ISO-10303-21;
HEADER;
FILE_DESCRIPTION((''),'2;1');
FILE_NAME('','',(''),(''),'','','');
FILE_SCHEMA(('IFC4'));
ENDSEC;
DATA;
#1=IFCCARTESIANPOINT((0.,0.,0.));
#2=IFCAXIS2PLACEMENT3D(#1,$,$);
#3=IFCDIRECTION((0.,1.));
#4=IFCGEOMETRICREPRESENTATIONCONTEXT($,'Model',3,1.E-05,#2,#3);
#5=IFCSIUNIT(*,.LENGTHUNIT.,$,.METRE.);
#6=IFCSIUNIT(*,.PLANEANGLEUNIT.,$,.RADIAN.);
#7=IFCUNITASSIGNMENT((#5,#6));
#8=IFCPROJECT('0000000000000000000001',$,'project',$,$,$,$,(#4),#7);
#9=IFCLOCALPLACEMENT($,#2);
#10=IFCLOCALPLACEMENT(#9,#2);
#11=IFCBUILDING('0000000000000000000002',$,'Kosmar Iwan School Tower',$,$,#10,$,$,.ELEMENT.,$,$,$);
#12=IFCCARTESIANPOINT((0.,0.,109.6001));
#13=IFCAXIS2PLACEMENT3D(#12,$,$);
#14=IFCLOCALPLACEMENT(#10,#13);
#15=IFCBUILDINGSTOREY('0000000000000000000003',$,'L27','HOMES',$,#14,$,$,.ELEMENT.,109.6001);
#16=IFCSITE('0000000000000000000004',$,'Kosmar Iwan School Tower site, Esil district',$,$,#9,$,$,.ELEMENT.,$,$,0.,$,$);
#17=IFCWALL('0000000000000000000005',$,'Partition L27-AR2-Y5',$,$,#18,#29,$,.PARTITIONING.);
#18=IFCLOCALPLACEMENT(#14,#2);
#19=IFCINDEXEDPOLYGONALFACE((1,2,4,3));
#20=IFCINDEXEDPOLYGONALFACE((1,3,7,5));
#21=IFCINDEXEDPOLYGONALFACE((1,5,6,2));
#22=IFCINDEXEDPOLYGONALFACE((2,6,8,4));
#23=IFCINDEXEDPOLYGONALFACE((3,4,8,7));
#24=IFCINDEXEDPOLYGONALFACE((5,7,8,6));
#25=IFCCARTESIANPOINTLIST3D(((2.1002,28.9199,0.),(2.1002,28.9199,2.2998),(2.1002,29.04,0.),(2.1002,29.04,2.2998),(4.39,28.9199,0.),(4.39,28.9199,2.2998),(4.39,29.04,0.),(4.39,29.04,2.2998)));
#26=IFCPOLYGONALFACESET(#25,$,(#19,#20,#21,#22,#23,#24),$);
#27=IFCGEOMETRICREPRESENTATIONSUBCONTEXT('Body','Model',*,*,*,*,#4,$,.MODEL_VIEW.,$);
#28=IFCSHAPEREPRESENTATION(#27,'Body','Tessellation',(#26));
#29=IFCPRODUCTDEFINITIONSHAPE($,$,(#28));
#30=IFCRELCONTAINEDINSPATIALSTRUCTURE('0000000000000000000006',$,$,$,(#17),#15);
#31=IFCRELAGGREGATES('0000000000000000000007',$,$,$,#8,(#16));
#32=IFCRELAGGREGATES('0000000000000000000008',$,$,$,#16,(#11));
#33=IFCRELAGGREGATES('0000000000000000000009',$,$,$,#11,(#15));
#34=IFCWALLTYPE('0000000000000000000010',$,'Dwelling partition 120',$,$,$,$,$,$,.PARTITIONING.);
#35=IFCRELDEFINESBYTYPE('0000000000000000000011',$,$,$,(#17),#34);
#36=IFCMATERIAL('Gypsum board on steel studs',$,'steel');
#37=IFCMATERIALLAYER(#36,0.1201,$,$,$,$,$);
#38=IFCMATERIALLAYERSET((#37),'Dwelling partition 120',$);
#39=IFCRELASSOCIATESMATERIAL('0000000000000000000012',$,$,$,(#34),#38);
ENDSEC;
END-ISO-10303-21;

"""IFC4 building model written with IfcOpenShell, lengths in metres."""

from ifc_helpers import new_model, si_unit, direction, frame, frame_2d, origin, place, context, subcontext, project, spatial, rectangle, extrude, material, layer, layer_set, type_object, element, save


model = new_model("IFC4")

# Units and contexts
model_context = context("Model", 3, precision=1e-05, world=origin(), true_north=direction((0.0, 1.0)))
body_context = subcontext(model_context, "Body", "Model", "MODEL_VIEW")
ifc_project = project(units=[si_unit("LENGTHUNIT", "METRE"), si_unit("PLANEANGLEUNIT", "RADIAN")], contexts=[model_context])

# Site, building, storey
site_placement = place(None, origin())
site = spatial("IfcSite", under=ifc_project, at=site_placement, Name="Kosmar Iwan School Tower site, Esil district", CompositionType="ELEMENT", RefElevation=0.0)
building_placement = place(site_placement, origin())
building = spatial("IfcBuilding", under=site, at=building_placement, Name="Kosmar Iwan School Tower", CompositionType="ELEMENT")
storey_placement = place(building_placement, frame((0.0, 0.0, 109.6001)))
storey = spatial("IfcBuildingStorey", under=building, at=storey_placement, Name="L27", Description="HOMES", CompositionType="ELEMENT", Elevation=109.6001)

# Wall
ifc_material_1 = material(Name="Gypsum board on steel studs", Category="steel")
ifc_layer_1 = layer(ifc_material_1, 0.1201)
ifc_layer_set_1 = layer_set([ifc_layer_1], Name="Dwelling partition 120")
wall_type_1 = type_object("IfcWallType", Name="Dwelling partition 120", PredefinedType="PARTITIONING", material=ifc_layer_set_1)
wall_1_placement = place(storey_placement, frame((2.1001, 28.98, 0.0), z_axis=(0.0, 0.0, 1.0), x_axis=(1.0, 0.0, 0.0)))
element("IfcWall", 1, at=wall_1_placement, inside=storey, type_object=wall_type_1, Name="Partition L27-AR2-Y5", PredefinedType="PARTITIONING", context=body_context, shape_type="SweptSolid", body=[
    extrude(rectangle(XDim=2.2898, YDim=0.1201, at=frame_2d((1.145, 0.0))), origin(), (0.0, 0.0, 1.0), 2.2998),
])

save(model, "model.ifc")
